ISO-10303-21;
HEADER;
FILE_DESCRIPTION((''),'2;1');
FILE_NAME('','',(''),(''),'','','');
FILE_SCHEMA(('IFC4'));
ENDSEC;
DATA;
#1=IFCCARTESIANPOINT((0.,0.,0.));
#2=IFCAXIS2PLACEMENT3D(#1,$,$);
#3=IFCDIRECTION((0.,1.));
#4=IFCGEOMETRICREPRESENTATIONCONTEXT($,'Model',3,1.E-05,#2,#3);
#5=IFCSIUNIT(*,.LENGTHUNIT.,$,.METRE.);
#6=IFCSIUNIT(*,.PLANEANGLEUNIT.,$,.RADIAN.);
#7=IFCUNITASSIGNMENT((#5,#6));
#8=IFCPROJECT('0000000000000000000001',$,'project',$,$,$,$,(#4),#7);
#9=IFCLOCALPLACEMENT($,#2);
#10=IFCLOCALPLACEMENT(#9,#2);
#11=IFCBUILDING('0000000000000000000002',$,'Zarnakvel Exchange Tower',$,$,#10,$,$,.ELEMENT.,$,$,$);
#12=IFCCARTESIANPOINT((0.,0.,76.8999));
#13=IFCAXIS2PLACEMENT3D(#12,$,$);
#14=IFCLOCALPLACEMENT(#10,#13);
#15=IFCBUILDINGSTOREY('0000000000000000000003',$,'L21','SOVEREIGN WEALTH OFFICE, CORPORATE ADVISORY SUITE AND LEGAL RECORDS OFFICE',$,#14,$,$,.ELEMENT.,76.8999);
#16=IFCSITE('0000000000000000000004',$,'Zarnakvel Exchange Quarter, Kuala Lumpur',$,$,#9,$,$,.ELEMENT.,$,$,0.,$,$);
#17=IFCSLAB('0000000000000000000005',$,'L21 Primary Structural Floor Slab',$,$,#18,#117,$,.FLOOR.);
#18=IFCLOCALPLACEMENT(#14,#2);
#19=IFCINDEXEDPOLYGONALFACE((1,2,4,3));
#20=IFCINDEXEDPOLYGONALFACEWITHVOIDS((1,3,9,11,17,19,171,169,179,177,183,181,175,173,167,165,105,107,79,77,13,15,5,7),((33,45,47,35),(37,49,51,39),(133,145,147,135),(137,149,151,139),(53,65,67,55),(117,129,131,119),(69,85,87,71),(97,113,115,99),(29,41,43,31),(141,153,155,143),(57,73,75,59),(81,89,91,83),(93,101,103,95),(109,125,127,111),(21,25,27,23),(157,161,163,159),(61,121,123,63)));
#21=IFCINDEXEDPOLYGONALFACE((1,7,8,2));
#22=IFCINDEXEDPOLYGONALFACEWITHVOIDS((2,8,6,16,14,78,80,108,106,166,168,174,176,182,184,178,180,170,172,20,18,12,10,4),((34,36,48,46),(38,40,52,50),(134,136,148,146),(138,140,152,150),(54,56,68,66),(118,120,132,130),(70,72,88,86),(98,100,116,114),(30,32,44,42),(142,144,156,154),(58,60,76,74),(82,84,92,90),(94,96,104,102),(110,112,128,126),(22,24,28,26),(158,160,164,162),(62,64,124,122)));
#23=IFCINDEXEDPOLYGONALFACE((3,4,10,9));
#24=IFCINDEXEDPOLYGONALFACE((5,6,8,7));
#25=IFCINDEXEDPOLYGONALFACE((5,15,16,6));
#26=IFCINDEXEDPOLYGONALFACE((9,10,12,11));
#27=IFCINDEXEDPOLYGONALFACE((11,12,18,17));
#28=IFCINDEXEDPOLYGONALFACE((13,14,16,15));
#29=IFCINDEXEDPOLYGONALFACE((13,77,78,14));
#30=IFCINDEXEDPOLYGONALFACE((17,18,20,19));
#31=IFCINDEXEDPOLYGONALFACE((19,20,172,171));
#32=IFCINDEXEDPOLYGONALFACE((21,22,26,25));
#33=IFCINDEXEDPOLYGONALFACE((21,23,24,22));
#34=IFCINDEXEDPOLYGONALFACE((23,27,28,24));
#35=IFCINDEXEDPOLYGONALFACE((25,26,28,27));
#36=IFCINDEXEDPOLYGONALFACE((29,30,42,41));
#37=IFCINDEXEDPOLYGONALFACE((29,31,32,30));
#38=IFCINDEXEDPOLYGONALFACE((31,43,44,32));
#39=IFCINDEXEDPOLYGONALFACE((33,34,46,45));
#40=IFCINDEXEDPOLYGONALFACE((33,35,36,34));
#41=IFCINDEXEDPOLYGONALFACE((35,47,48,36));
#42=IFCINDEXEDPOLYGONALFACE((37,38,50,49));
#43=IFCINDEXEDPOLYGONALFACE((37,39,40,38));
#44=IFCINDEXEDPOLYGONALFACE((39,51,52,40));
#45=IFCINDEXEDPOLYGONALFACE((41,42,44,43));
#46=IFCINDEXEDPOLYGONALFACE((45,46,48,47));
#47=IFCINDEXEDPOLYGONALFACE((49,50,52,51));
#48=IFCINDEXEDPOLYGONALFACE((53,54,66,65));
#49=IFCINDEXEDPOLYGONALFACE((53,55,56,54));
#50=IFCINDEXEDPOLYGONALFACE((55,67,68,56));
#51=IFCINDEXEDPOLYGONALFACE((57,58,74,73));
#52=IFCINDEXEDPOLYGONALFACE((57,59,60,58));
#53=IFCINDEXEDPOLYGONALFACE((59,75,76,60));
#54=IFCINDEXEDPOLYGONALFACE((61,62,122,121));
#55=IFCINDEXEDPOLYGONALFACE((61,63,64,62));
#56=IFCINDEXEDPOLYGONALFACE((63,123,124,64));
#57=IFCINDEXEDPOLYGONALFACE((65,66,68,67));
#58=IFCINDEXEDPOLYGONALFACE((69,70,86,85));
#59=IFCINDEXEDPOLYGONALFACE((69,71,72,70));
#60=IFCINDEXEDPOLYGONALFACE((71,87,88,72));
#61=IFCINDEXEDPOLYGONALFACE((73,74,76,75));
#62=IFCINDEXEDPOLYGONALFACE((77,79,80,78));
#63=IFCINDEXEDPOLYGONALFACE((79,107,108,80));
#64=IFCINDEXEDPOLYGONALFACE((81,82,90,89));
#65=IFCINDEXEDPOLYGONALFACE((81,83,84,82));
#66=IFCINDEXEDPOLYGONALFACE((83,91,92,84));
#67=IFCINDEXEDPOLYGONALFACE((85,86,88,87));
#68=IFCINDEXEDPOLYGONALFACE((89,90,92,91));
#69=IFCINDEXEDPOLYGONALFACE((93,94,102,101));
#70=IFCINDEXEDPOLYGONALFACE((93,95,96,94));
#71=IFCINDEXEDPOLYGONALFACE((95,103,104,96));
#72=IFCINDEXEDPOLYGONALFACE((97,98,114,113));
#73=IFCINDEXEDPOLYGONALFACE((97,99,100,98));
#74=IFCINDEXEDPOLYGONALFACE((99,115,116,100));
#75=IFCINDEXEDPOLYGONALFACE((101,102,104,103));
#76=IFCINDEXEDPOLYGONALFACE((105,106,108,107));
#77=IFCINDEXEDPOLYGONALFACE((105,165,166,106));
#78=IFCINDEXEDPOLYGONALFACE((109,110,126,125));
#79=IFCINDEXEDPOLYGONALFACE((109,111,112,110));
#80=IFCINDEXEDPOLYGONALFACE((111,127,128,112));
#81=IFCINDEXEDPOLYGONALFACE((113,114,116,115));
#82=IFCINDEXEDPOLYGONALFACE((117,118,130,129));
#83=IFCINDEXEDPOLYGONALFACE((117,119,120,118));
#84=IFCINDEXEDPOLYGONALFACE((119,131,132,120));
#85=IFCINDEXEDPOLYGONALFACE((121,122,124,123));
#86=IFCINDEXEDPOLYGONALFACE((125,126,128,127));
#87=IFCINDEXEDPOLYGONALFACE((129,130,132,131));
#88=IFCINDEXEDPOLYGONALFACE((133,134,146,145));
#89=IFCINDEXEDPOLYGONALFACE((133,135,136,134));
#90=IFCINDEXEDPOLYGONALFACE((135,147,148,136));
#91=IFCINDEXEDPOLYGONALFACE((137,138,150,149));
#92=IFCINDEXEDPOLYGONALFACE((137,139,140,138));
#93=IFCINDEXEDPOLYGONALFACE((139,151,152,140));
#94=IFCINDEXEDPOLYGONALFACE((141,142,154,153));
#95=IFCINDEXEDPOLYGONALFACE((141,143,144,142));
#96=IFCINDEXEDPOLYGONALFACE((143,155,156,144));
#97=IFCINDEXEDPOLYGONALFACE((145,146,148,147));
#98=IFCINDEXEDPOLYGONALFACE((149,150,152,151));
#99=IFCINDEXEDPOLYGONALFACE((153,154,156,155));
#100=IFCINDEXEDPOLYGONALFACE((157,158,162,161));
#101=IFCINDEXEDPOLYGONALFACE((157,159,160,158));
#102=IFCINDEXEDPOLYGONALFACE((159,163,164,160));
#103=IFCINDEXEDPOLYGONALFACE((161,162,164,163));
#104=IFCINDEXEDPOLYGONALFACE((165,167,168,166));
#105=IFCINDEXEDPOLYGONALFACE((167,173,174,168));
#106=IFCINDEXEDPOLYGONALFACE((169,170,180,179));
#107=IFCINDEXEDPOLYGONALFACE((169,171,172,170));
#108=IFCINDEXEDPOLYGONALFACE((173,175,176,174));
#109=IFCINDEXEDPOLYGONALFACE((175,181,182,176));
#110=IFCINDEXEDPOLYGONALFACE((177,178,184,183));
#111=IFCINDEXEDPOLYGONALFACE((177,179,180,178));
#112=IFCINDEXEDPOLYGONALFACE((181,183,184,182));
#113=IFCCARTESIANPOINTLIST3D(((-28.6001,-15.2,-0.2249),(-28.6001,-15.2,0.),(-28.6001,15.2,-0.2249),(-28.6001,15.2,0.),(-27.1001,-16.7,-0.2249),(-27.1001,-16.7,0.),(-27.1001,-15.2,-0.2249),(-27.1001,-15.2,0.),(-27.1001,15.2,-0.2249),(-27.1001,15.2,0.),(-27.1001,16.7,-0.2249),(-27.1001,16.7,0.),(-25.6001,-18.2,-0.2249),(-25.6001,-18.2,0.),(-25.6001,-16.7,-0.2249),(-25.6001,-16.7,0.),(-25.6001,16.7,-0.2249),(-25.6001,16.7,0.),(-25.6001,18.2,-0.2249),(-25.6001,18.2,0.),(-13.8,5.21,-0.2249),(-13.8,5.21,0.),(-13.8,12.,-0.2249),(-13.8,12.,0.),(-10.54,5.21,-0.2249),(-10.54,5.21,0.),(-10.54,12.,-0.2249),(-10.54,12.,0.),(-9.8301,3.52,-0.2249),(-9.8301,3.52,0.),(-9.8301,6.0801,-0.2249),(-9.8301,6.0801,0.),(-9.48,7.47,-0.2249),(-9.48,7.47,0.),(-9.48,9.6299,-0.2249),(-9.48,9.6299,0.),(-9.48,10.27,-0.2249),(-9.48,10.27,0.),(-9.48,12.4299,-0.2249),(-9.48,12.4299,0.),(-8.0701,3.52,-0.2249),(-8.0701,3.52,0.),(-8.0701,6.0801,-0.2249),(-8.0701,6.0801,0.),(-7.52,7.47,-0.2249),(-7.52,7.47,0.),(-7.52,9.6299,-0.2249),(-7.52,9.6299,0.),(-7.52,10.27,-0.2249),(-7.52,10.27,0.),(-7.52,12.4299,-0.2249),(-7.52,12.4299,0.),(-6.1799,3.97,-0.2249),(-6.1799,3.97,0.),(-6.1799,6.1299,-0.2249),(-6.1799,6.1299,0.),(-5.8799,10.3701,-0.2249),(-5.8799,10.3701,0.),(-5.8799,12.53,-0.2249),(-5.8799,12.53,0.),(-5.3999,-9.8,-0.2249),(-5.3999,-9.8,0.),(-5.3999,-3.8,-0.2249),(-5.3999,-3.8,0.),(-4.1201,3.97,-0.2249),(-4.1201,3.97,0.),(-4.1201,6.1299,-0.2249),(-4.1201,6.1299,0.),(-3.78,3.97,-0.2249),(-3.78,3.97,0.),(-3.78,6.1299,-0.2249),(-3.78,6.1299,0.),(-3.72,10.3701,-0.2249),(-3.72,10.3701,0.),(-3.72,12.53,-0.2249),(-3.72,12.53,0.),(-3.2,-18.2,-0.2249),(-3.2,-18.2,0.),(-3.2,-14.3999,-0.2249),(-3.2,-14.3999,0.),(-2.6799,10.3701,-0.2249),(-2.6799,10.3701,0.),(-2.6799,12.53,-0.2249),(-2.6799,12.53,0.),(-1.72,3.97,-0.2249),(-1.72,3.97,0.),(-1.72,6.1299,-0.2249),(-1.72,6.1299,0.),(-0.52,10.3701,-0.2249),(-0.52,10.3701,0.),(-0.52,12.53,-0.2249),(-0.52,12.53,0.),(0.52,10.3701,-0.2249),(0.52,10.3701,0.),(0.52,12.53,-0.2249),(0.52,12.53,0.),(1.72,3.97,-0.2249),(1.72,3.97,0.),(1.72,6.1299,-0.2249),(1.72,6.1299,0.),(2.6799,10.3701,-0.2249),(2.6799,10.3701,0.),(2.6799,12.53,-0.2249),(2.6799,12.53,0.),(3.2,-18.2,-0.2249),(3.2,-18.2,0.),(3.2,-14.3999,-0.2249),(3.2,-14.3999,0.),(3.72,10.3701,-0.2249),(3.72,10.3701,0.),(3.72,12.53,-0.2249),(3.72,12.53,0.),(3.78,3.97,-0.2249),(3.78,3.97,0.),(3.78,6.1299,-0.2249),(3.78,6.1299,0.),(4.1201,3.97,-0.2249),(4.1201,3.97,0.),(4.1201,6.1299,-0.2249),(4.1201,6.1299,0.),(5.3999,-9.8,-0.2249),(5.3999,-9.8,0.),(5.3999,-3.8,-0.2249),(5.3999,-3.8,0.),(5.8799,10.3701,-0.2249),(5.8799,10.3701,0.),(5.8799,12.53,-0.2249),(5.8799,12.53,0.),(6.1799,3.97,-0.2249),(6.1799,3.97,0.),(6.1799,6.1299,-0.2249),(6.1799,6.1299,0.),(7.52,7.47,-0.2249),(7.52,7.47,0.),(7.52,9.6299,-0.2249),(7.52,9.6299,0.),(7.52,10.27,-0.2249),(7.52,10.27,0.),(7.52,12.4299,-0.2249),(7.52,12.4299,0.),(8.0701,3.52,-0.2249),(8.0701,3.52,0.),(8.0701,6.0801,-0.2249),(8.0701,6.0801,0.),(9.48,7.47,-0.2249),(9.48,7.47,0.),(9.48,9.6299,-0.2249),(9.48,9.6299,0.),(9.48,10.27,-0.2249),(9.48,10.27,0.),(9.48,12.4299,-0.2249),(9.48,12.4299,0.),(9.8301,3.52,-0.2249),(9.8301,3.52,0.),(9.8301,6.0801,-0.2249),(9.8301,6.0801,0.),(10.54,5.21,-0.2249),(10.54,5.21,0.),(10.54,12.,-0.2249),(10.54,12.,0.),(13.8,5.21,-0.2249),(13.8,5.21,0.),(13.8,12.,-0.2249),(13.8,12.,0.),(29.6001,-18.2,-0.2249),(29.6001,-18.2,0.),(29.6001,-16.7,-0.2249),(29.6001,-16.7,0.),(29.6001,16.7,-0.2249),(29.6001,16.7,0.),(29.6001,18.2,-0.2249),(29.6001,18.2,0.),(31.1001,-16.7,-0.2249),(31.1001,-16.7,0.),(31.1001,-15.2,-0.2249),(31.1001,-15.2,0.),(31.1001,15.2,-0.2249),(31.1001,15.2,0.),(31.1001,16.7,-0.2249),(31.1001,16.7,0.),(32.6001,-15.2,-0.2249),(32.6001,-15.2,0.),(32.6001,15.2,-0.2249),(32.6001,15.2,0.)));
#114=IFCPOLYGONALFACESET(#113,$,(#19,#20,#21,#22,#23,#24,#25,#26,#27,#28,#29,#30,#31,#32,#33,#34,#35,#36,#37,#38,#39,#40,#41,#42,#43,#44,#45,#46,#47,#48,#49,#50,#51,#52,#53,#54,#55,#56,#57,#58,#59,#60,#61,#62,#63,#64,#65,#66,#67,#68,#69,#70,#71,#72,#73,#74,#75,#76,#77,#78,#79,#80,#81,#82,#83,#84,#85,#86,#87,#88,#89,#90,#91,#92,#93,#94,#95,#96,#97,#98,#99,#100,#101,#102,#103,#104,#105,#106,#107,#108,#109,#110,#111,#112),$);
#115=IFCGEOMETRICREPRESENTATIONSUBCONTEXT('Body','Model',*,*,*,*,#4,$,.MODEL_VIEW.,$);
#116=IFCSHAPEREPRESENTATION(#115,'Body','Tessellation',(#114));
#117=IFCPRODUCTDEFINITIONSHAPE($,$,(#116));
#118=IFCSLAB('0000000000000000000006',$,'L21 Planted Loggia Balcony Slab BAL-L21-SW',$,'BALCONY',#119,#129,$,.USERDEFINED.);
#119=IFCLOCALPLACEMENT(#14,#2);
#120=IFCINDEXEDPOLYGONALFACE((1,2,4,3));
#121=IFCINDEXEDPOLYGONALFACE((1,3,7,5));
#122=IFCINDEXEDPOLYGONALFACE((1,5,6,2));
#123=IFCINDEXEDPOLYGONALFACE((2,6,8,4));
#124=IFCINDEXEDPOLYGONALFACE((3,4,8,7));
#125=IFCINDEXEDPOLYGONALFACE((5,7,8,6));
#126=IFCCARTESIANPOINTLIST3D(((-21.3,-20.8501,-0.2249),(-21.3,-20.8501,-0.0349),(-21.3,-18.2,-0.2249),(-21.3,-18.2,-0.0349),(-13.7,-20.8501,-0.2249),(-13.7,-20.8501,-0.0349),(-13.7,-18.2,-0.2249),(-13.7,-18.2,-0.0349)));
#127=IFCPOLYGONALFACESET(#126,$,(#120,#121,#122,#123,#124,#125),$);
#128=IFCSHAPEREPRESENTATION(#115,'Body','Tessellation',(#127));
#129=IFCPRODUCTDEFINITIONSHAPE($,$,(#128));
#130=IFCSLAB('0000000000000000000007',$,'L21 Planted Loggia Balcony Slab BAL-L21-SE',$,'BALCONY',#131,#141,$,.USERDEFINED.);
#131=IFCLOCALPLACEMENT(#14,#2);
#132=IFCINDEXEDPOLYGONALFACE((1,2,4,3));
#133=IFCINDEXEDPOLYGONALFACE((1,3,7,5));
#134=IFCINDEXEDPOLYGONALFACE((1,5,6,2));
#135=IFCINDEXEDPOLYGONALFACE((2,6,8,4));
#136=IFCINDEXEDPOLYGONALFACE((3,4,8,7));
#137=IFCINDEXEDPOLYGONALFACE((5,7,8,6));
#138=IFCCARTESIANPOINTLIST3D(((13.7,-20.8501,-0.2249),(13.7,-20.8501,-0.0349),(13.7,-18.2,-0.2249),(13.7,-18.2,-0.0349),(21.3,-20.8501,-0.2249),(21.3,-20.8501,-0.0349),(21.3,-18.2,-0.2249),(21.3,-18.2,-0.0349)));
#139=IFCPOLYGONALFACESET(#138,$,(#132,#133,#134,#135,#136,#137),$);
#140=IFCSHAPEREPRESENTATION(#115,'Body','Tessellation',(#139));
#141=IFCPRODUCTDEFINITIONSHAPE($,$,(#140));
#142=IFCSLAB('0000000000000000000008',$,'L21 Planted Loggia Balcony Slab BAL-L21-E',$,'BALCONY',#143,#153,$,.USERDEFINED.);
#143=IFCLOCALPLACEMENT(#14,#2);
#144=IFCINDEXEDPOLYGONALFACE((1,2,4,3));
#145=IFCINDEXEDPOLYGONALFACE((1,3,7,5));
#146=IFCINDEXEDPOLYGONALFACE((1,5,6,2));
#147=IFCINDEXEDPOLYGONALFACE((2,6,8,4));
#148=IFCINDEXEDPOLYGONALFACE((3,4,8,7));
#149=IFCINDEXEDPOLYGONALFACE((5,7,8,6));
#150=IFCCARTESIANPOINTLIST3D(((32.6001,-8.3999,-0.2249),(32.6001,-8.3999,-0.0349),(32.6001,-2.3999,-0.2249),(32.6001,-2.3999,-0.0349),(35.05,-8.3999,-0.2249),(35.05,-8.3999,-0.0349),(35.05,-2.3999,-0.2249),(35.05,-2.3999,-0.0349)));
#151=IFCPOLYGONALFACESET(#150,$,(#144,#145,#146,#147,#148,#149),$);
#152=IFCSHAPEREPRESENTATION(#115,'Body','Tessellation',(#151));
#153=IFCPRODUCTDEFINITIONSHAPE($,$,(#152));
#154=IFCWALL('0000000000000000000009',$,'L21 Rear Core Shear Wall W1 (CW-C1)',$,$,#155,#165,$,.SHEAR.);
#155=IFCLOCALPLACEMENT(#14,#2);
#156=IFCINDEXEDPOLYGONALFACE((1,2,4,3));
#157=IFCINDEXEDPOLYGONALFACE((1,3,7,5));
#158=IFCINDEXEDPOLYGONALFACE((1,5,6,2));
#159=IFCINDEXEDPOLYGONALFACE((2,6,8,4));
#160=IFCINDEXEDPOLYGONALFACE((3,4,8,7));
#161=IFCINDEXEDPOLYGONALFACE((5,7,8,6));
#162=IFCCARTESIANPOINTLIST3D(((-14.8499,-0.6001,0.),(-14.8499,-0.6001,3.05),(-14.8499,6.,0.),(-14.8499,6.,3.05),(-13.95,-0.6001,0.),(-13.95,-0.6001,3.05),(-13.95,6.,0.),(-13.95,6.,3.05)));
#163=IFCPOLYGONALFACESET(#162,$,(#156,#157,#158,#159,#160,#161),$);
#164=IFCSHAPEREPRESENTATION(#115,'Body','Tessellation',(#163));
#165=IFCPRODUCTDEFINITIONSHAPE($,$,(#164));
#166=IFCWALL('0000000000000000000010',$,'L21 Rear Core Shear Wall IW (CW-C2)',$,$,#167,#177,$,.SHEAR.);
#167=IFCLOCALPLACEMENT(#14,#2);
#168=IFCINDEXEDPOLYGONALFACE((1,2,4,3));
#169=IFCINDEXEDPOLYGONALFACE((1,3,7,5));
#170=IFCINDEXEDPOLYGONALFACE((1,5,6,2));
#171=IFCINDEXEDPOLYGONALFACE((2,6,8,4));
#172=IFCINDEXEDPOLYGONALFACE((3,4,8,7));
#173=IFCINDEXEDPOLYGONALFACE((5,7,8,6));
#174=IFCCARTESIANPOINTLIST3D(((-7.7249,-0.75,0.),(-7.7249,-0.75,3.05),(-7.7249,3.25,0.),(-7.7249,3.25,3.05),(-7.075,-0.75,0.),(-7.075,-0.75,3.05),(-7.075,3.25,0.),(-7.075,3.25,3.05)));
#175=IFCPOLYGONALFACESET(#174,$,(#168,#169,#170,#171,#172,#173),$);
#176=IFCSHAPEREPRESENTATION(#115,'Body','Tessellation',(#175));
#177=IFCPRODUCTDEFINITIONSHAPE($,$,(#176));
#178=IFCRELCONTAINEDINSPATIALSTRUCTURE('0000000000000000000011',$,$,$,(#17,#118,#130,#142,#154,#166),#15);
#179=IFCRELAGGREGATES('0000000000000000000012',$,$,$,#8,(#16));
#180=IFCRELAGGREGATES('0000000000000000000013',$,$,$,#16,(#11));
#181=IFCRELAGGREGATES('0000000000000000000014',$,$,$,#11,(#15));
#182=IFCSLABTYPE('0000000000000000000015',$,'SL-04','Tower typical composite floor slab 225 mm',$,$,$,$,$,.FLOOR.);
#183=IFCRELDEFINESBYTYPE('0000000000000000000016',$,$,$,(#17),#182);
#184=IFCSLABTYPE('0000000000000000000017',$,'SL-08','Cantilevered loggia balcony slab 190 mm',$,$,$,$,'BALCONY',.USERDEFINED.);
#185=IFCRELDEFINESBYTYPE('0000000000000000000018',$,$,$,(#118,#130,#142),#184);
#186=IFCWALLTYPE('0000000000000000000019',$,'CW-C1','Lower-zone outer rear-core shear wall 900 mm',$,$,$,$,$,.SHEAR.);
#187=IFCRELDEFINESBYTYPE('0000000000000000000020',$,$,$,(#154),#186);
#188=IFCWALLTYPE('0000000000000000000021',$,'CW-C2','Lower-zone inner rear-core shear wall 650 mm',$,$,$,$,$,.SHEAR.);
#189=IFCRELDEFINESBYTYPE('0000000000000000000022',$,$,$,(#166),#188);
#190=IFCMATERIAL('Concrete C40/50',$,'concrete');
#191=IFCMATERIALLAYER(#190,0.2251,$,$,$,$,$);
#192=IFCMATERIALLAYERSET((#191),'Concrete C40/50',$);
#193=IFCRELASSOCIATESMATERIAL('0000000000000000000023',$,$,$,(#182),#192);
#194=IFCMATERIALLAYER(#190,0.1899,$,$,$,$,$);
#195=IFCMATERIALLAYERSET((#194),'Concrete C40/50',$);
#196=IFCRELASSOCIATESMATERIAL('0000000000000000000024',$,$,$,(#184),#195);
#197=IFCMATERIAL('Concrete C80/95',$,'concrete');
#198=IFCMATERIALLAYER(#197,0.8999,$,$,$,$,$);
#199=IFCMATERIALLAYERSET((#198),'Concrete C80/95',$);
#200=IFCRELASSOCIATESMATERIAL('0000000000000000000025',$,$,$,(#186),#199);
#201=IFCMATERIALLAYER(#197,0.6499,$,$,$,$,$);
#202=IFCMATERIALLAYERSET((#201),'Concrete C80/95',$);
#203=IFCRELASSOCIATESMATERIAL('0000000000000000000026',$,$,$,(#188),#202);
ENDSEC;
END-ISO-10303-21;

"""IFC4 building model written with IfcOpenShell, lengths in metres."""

from ifc_helpers import new_model, si_unit, direction, frame, frame_2d, origin, place, context, subcontext, project, spatial, polyline, rectangle, outline, extrude, material, layer, layer_set, type_object, element, save


model = new_model("IFC4")

# Units and contexts
model_context = context("Model", 3, precision=1e-05, world=origin(), true_north=direction((0.0, 1.0)))
body_context = subcontext(model_context, "Body", "Model", "MODEL_VIEW")
ifc_project = project(units=[si_unit("LENGTHUNIT", "METRE"), si_unit("PLANEANGLEUNIT", "RADIAN")], contexts=[model_context])

# Site, building, storey
site_placement = place(None, origin())
site = spatial("IfcSite", under=ifc_project, at=site_placement, Name="Zarnakvel Exchange Quarter, Kuala Lumpur", CompositionType="ELEMENT", RefElevation=0.0)
building_placement = place(site_placement, origin())
building = spatial("IfcBuilding", under=site, at=building_placement, Name="Zarnakvel Exchange Tower", CompositionType="ELEMENT")
storey_placement = place(building_placement, frame((0.0, 0.0, 76.8999)))
storey = spatial("IfcBuildingStorey", under=building, at=storey_placement, Name="L21", Description="SOVEREIGN WEALTH OFFICE, CORPORATE ADVISORY SUITE AND LEGAL RECORDS OFFICE", CompositionType="ELEMENT", Elevation=76.8999)

# Shared definitions
ifc_material_1 = material(Name="Concrete C80/95", Category="concrete")

# Shared definitions
ifc_material_2 = material(Name="Concrete C40/50", Category="concrete")

# Slabs
ifc_layer_1 = layer(ifc_material_2, 0.2251)
ifc_layer_set_1 = layer_set([ifc_layer_1], Name="Concrete C40/50")
slab_type_1 = type_object("IfcSlabType", Name="SL-04", Description="Tower typical composite floor slab 225 mm", PredefinedType="FLOOR", material=ifc_layer_set_1)
slab_1_placement = place(storey_placement, frame((0.0, 0.0, -0.2249)))
element("IfcSlab", 1, at=slab_1_placement, inside=storey, type_object=slab_type_1, Name="L21 Primary Structural Floor Slab", PredefinedType="FLOOR", context=body_context, shape_type="SweptSolid", body=[
    extrude(outline(polyline([(-28.6001, -15.2), (-27.1001, -15.2), (-27.1001, -16.7), (-25.6001, -16.7), (-25.6001, -18.2), (-3.2, -18.2), (-3.2, -14.3999), (3.2, -14.3999), (3.2, -18.2), (29.6001, -18.2), (29.6001, -16.7), (31.1001, -16.7), (31.1001, -15.2), (32.6001, -15.2), (32.6001, 15.2), (31.1001, 15.2), (31.1001, 16.7), (29.6001, 16.7), (29.6001, 18.2), (-25.6001, 18.2), (-25.6001, 16.7), (-27.1001, 16.7), (-27.1001, 15.2), (-28.6001, 15.2), (-28.6001, -15.2)]), holes=[polyline([(-5.3999, -9.8), (5.3999, -9.8), (5.3999, -3.8), (-5.3999, -3.8), (-5.3999, -9.8)]), polyline([(-13.8, 5.21), (-10.54, 5.21), (-10.54, 12.0), (-13.8, 12.0), (-13.8, 5.21)]), polyline([(10.54, 5.21), (13.8, 5.21), (13.8, 12.0), (10.54, 12.0), (10.54, 5.21)]), polyline([(-9.8301, 3.52), (-8.0701, 3.52), (-8.0701, 6.0801), (-9.8301, 6.0801), (-9.8301, 3.52)]), polyline([(8.0701, 3.52), (9.8301, 3.52), (9.8301, 6.0801), (8.0701, 6.0801), (8.0701, 3.52)]), polyline([(-5.8799, 10.3701), (-3.72, 10.3701), (-3.72, 12.53), (-5.8799, 12.53), (-5.8799, 10.3701)]), polyline([(-2.6799, 10.3701), (-0.52, 10.3701), (-0.52, 12.53), (-2.6799, 12.53), (-2.6799, 10.3701)]), polyline([(0.52, 10.3701), (2.6799, 10.3701), (2.6799, 12.53), (0.52, 12.53), (0.52, 10.3701)]), polyline([(3.72, 10.3701), (5.8799, 10.3701), (5.8799, 12.53), (3.72, 12.53), (3.72, 10.3701)]), polyline([(-6.1799, 3.97), (-4.1201, 3.97), (-4.1201, 6.1299), (-6.1799, 6.1299), (-6.1799, 3.97)]), polyline([(-3.78, 3.97), (-1.72, 3.97), (-1.72, 6.1299), (-3.78, 6.1299), (-3.78, 3.97)]), polyline([(1.72, 3.97), (3.78, 3.97), (3.78, 6.1299), (1.72, 6.1299), (1.72, 3.97)]), polyline([(4.1201, 3.97), (6.1799, 3.97), (6.1799, 6.1299), (4.1201, 6.1299), (4.1201, 3.97)]), polyline([(-9.48, 7.47), (-7.52, 7.47), (-7.52, 9.6299), (-9.48, 9.6299), (-9.48, 7.47)]), polyline([(-9.48, 10.27), (-7.52, 10.27), (-7.52, 12.4299), (-9.48, 12.4299), (-9.48, 10.27)]), polyline([(7.52, 7.47), (9.48, 7.47), (9.48, 9.6299), (7.52, 9.6299), (7.52, 7.47)]), polyline([(7.52, 10.27), (9.48, 10.27), (9.48, 12.4299), (7.52, 12.4299), (7.52, 10.27)])]), origin(), (0.0, 0.0, 1.0), 0.2249),
])
ifc_layer_2 = layer(ifc_material_2, 0.1899)
ifc_layer_set_2 = layer_set([ifc_layer_2], Name="Concrete C40/50")
slab_type_2 = type_object("IfcSlabType", Name="SL-08", Description="Cantilevered loggia balcony slab 190 mm", ElementType="BALCONY", PredefinedType="USERDEFINED", material=ifc_layer_set_2)
slab_2_placement = place(storey_placement, frame((0.0, 0.0, -0.2249)))
element("IfcSlab", 2, at=slab_2_placement, inside=storey, type_object=slab_type_2, Name="L21 Planted Loggia Balcony Slab BAL-L21-SW", ObjectType="BALCONY", PredefinedType="USERDEFINED", context=body_context, shape_type="SweptSolid", body=[
    extrude(outline(polyline([(-21.3, -20.8501), (-13.7, -20.8501), (-13.7, -18.2), (-21.3, -18.2), (-21.3, -20.8501)])), origin(), (0.0, 0.0, 1.0), 0.1899),
])
slab_3_placement = place(storey_placement, frame((0.0, 0.0, -0.2249)))
element("IfcSlab", 3, at=slab_3_placement, inside=storey, type_object=slab_type_2, Name="L21 Planted Loggia Balcony Slab BAL-L21-SE", ObjectType="BALCONY", PredefinedType="USERDEFINED", context=body_context, shape_type="SweptSolid", body=[
    extrude(outline(polyline([(13.7, -20.8501), (21.3, -20.8501), (21.3, -18.2), (13.7, -18.2), (13.7, -20.8501)])), origin(), (0.0, 0.0, 1.0), 0.1899),
])
slab_4_placement = place(storey_placement, frame((0.0, 0.0, -0.2249)))
element("IfcSlab", 4, at=slab_4_placement, inside=storey, type_object=slab_type_2, Name="L21 Planted Loggia Balcony Slab BAL-L21-E", ObjectType="BALCONY", PredefinedType="USERDEFINED", context=body_context, shape_type="SweptSolid", body=[
    extrude(outline(polyline([(32.6001, -8.3999), (35.05, -8.3999), (35.05, -2.3999), (32.6001, -2.3999), (32.6001, -8.3999)])), origin(), (0.0, 0.0, 1.0), 0.1899),
])

# Wall
ifc_layer_3 = layer(ifc_material_1, 0.8999)
ifc_layer_set_3 = layer_set([ifc_layer_3], Name="Concrete C80/95")
wall_type_1 = type_object("IfcWallType", Name="CW-C1", Description="Lower-zone outer rear-core shear wall 900 mm", PredefinedType="SHEAR", material=ifc_layer_set_3)
wall_1_placement = place(storey_placement, frame((-14.3999, -0.6001, 0.0), z_axis=(0.0, 0.0, 1.0), x_axis=(0.0, 1.0, 0.0)))
element("IfcWall", 5, at=wall_1_placement, inside=storey, type_object=wall_type_1, Name="L21 Rear Core Shear Wall W1 (CW-C1)", PredefinedType="SHEAR", context=body_context, shape_type="SweptSolid", body=[
    extrude(rectangle(XDim=6.6001, YDim=0.8999, at=frame_2d((3.3, 0.0))), origin(), (0.0, 0.0, 1.0), 3.05),
])

# Wall
ifc_layer_4 = layer(ifc_material_1, 0.6499)
ifc_layer_set_4 = layer_set([ifc_layer_4], Name="Concrete C80/95")
wall_type_2 = type_object("IfcWallType", Name="CW-C2", Description="Lower-zone inner rear-core shear wall 650 mm", PredefinedType="SHEAR", material=ifc_layer_set_4)
wall_2_placement = place(storey_placement, frame((-7.3999, -0.75, 0.0), z_axis=(0.0, 0.0, 1.0), x_axis=(0.0, 1.0, 0.0)))
element("IfcWall", 6, at=wall_2_placement, inside=storey, type_object=wall_type_2, Name="L21 Rear Core Shear Wall IW (CW-C2)", PredefinedType="SHEAR", context=body_context, shape_type="SweptSolid", body=[
    extrude(rectangle(XDim=4.0, YDim=0.6499, at=frame_2d((2.0, 0.0))), origin(), (0.0, 0.0, 1.0), 3.05),
])

save(model, "model.ifc")
